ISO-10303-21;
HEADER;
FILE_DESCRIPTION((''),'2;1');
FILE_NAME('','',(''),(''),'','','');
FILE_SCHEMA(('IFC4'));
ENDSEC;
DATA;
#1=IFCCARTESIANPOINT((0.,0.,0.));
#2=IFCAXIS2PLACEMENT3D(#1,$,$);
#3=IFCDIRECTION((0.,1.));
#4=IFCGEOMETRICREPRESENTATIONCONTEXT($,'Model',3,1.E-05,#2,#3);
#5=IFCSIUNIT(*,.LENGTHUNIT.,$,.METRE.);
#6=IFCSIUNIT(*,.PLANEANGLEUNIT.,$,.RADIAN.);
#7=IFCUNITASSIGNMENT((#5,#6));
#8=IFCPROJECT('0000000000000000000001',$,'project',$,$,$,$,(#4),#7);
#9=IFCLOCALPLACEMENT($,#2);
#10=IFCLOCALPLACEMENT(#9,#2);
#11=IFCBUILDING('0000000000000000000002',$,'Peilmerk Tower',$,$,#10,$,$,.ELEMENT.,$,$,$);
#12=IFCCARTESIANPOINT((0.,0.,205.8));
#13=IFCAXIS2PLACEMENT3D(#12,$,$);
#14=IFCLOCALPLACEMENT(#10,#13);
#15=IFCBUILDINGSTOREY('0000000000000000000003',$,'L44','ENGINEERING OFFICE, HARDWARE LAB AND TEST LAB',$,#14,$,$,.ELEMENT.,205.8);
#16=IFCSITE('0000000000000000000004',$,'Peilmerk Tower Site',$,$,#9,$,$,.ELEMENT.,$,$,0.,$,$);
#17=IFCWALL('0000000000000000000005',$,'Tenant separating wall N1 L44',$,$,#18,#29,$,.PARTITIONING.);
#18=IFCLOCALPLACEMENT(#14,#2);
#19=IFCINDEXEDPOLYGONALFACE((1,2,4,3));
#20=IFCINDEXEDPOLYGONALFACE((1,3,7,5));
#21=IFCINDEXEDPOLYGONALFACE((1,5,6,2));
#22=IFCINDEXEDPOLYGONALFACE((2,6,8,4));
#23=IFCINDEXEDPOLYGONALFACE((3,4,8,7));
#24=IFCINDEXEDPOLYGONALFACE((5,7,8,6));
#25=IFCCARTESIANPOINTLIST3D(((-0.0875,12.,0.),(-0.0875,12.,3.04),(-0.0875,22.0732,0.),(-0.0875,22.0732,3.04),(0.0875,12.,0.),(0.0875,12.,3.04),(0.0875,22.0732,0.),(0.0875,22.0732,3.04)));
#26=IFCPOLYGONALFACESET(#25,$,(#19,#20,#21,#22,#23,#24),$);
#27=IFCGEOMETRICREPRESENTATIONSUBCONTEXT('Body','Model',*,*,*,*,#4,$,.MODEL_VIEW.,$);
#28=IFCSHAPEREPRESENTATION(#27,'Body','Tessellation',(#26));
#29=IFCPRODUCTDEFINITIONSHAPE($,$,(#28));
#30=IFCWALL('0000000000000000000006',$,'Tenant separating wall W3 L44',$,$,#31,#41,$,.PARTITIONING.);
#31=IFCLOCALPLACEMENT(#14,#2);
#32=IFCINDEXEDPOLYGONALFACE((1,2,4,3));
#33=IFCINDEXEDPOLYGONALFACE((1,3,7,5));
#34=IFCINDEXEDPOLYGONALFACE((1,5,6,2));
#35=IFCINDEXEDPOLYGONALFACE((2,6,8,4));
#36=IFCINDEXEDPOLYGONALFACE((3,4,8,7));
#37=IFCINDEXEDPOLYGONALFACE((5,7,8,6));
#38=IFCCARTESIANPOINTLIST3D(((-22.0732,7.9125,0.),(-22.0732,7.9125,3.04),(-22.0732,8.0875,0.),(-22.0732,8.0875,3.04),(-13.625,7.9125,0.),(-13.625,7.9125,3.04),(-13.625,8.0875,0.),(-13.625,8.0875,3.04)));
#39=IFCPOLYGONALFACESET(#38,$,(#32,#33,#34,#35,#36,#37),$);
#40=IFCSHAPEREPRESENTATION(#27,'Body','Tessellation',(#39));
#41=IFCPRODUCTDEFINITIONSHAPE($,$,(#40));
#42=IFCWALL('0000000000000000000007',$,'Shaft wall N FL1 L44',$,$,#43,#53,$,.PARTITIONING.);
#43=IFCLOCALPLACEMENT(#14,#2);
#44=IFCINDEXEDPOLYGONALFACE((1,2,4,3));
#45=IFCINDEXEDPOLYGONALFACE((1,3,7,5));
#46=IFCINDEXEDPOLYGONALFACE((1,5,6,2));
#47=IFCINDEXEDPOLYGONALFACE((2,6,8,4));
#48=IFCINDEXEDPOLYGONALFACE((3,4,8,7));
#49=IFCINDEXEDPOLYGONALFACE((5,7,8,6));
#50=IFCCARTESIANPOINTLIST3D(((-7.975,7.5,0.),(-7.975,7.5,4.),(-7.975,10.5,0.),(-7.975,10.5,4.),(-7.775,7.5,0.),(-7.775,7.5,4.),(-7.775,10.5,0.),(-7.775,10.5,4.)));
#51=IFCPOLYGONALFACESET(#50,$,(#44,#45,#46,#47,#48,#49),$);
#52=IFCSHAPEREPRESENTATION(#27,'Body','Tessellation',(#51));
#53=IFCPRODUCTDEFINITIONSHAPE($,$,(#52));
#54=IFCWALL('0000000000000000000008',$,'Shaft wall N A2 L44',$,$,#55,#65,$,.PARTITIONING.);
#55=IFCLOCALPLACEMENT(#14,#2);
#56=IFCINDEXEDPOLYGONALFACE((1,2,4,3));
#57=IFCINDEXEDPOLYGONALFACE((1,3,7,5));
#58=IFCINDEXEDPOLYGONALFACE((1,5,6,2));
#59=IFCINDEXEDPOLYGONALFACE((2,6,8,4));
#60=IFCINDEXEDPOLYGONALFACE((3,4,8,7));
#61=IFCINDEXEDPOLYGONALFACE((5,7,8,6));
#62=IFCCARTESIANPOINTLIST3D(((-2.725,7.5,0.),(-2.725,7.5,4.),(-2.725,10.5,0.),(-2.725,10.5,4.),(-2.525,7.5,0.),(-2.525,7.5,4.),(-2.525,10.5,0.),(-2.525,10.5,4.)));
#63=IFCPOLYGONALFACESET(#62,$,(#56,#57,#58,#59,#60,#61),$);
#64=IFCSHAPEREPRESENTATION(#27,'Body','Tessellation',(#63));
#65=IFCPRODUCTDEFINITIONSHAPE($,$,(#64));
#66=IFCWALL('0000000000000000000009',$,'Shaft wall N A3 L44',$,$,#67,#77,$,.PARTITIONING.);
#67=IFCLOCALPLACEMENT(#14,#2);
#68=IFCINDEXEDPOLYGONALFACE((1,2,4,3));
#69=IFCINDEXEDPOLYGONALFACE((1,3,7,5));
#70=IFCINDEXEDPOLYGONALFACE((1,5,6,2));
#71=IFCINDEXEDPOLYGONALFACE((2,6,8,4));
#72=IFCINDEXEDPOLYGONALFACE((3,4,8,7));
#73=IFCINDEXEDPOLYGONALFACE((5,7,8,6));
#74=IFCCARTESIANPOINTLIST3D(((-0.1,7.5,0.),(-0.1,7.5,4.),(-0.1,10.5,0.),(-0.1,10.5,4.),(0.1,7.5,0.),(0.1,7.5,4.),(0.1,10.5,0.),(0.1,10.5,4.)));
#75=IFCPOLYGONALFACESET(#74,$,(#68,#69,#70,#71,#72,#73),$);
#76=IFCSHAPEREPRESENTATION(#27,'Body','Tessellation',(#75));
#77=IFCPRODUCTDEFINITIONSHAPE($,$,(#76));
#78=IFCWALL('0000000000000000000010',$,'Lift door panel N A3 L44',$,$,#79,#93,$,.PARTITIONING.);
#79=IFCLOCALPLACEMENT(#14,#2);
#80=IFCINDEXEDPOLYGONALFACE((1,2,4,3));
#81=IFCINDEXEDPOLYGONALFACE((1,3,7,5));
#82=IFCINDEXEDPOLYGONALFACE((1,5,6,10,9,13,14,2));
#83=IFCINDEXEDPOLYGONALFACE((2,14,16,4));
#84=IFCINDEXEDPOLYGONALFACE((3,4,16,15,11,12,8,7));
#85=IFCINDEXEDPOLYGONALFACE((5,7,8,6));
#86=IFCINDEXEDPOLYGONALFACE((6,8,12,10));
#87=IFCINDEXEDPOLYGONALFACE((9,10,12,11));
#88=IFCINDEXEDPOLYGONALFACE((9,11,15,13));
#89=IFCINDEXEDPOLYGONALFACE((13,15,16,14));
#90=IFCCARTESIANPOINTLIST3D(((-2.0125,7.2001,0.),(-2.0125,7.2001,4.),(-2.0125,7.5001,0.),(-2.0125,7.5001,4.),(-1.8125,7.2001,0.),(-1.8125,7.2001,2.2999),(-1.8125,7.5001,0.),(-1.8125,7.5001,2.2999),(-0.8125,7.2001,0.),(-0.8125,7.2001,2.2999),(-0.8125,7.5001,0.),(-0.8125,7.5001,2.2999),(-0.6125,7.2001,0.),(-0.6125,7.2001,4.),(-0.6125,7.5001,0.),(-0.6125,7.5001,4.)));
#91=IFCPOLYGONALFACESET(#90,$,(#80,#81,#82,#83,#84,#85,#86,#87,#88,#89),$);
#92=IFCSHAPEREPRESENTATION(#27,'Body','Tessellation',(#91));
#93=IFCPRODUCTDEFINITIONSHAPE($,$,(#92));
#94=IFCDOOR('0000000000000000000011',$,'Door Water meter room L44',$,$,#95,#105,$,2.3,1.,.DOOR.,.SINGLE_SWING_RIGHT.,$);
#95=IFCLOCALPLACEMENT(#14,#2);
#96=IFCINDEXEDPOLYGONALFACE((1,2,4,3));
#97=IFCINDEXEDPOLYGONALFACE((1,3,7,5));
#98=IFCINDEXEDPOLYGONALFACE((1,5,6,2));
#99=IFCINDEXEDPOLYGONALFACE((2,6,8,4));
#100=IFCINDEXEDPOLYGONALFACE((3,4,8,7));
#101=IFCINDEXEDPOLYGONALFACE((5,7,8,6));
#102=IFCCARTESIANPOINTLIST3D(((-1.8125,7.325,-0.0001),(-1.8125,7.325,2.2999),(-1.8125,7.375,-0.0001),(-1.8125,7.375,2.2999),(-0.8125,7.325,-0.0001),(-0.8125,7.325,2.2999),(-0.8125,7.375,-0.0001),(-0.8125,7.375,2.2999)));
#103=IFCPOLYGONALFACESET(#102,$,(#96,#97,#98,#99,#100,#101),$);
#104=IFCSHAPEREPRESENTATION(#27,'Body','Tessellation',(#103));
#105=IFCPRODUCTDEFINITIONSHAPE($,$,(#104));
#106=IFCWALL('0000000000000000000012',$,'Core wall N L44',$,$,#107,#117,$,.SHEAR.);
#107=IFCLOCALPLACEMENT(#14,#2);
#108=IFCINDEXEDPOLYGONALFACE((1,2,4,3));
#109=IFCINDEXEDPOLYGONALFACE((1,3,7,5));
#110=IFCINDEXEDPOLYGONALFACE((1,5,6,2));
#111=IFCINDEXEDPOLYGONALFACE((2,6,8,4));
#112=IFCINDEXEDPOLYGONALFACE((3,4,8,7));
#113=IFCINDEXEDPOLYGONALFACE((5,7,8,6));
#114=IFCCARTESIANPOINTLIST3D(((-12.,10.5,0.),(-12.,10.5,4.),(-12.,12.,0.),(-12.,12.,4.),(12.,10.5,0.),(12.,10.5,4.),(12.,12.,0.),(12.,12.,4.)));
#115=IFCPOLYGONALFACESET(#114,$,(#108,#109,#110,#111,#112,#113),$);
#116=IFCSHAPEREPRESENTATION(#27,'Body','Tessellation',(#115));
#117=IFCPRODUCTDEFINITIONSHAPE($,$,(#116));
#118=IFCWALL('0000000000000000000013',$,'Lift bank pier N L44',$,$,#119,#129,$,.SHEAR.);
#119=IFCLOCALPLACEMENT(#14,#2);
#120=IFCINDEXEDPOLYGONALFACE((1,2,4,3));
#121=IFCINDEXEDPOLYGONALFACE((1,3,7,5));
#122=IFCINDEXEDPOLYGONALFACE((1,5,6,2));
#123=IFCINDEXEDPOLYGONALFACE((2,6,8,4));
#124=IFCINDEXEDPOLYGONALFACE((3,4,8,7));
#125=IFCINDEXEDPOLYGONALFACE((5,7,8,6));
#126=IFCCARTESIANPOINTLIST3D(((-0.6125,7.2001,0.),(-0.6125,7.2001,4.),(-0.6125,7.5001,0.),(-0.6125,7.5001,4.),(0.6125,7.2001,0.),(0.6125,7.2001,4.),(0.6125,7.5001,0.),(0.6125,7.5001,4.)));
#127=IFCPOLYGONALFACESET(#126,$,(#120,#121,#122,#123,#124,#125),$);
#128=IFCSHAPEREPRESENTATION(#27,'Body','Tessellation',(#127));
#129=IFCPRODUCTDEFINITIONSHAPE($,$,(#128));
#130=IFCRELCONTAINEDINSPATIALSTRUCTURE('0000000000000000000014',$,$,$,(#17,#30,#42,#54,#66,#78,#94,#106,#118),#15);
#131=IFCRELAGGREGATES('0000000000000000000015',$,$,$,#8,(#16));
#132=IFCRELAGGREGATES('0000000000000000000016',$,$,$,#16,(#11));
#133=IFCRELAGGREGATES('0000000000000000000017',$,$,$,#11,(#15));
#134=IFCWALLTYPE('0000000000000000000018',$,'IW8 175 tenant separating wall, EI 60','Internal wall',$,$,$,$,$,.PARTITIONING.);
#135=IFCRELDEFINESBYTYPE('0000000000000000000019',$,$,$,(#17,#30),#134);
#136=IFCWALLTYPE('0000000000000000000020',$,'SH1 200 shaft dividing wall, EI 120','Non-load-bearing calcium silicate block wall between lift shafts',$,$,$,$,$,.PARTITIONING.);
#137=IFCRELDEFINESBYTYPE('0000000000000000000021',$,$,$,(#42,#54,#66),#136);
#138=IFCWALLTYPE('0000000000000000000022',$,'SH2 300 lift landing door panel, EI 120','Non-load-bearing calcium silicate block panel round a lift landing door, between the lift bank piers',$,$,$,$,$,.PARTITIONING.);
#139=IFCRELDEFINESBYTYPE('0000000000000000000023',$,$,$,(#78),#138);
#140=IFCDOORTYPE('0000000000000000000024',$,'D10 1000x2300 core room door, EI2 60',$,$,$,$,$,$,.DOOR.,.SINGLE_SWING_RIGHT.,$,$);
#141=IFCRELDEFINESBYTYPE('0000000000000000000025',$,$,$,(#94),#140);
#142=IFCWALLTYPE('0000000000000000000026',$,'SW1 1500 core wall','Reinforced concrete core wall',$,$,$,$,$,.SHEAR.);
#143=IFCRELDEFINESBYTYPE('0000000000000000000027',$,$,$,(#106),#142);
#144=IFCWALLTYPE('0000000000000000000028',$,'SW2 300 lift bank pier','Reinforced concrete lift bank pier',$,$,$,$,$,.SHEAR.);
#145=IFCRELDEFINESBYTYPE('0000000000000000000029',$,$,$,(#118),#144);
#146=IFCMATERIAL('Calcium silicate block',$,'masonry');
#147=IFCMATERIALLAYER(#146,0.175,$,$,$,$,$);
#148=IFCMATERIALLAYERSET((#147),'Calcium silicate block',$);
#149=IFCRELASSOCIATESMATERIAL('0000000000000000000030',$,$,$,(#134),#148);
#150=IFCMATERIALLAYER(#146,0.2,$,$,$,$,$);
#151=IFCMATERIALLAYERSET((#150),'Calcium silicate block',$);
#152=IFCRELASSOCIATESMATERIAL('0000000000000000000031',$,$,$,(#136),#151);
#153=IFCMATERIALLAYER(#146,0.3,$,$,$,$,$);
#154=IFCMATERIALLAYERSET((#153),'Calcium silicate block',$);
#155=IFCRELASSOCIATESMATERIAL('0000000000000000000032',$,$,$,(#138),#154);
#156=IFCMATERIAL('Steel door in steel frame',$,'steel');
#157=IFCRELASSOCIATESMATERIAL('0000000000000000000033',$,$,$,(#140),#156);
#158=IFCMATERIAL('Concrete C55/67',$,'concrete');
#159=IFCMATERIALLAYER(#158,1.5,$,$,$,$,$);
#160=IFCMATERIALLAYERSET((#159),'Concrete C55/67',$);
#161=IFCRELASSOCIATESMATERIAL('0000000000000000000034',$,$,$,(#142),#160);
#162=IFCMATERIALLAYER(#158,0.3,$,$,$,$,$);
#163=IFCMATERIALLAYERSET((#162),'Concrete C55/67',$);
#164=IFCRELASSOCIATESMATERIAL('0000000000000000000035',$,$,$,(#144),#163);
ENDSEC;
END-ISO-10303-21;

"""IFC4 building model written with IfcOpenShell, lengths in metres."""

from ifc_helpers import new_model, si_unit, direction, frame, frame_2d, origin, place, context, subcontext, project, spatial, rectangle, extrude, material, layer, layer_set, type_object, element, fill, save


model = new_model("IFC4")

# Units and contexts
model_context = context("Model", 3, precision=1e-05, world=origin(), true_north=direction((0.0, 1.0)))
body_context = subcontext(model_context, "Body", "Model", "MODEL_VIEW")
ifc_project = project(units=[si_unit("LENGTHUNIT", "METRE"), si_unit("PLANEANGLEUNIT", "RADIAN")], contexts=[model_context])

# Site, building, storey
site_placement = place(None, origin())
site = spatial("IfcSite", under=ifc_project, at=site_placement, Name="Peilmerk Tower Site", CompositionType="ELEMENT", RefElevation=0.0)
building_placement = place(site_placement, origin())
building = spatial("IfcBuilding", under=site, at=building_placement, Name="Peilmerk Tower", CompositionType="ELEMENT")
storey_placement = place(building_placement, frame((0.0, 0.0, 205.8)))
storey = spatial("IfcBuildingStorey", under=building, at=storey_placement, Name="L44", Description="ENGINEERING OFFICE, HARDWARE LAB AND TEST LAB", CompositionType="ELEMENT", Elevation=205.8)

# Shared definitions
ifc_material_1 = material(Name="Calcium silicate block", Category="masonry")

# Walls
ifc_layer_1 = layer(ifc_material_1, 0.175)
ifc_layer_set_1 = layer_set([ifc_layer_1], Name="Calcium silicate block")
wall_type_1 = type_object("IfcWallType", Name="IW8 175 tenant separating wall, EI 60", Description="Internal wall", PredefinedType="PARTITIONING", material=ifc_layer_set_1)
wall_1_placement = place(storey_placement, frame((0.0, 12.0, 0.0), z_axis=(0.0, 0.0, 1.0), x_axis=(0.0, 1.0, 0.0)))
element("IfcWall", 1, at=wall_1_placement, inside=storey, type_object=wall_type_1, Name="Tenant separating wall N1 L44", PredefinedType="PARTITIONING", context=body_context, shape_type="SweptSolid", body=[
    extrude(rectangle(XDim=10.0732, YDim=0.175, at=frame_2d((5.0366, 0.0))), origin(), (0.0, 0.0, 1.0), 3.04),
])
wall_2_placement = place(storey_placement, frame((-13.625, 8.0, 0.0), z_axis=(0.0, 0.0, 1.0), x_axis=(-1.0, 0.0, 0.0)))
element("IfcWall", 2, at=wall_2_placement, inside=storey, type_object=wall_type_1, Name="Tenant separating wall W3 L44", PredefinedType="PARTITIONING", context=body_context, shape_type="SweptSolid", body=[
    extrude(rectangle(XDim=8.4482, YDim=0.175, at=frame_2d((4.2241, 0.0))), origin(), (0.0, 0.0, 1.0), 3.04),
])
ifc_layer_2 = layer(ifc_material_1, 0.2)
ifc_layer_set_2 = layer_set([ifc_layer_2], Name="Calcium silicate block")
wall_type_2 = type_object("IfcWallType", Name="SH1 200 shaft dividing wall, EI 120", Description="Non-load-bearing calcium silicate block wall between lift shafts", PredefinedType="PARTITIONING", material=ifc_layer_set_2)
for number, where, z_axis, x_axis, name in (
    (3, (-7.875, 7.5, 0.0), (0.0, 0.0, 1.0), (0.0, 1.0, 0.0), "Shaft wall N FL1 L44"),
    (4, (-2.625, 7.5, 0.0), (0.0, 0.0, 1.0), (0.0, 1.0, 0.0), "Shaft wall N A2 L44"),
    (5, (0.0, 7.5, 0.0), (0.0, 0.0, 1.0), (0.0, 1.0, 0.0), "Shaft wall N A3 L44"),
):
    element("IfcWall", number, at=place(storey_placement, frame(where, z_axis=z_axis, x_axis=x_axis)), inside=storey, type_object=wall_type_2, Name=name, PredefinedType="PARTITIONING", context=body_context, shape_type="SweptSolid", body=[
        extrude(rectangle(XDim=3.0, YDim=0.2, at=frame_2d((1.5, 0.0))), origin(), (0.0, 0.0, 1.0), 4.0),
    ])

# Wall, opening, door
ifc_layer_3 = layer(ifc_material_1, 0.3)
ifc_layer_set_3 = layer_set([ifc_layer_3], Name="Calcium silicate block")
wall_type_3 = type_object("IfcWallType", Name="SH2 300 lift landing door panel, EI 120", Description="Non-load-bearing calcium silicate block panel round a lift landing door, between the lift bank piers", PredefinedType="PARTITIONING", material=ifc_layer_set_3)
wall_3_placement = place(storey_placement, frame((-2.0125, 7.3501, 0.0), z_axis=(0.0, 0.0, 1.0), x_axis=(1.0, 0.0, 0.0)))
wall_3 = element("IfcWall", 6, at=wall_3_placement, inside=storey, type_object=wall_type_3, Name="Lift door panel N A3 L44", PredefinedType="PARTITIONING", context=body_context, shape_type="SweptSolid", body=[
    extrude(rectangle(XDim=1.3999, YDim=0.3, at=frame_2d((0.7, 0.0))), origin(), (0.0, 0.0, 1.0), 4.0),
])
opening_1_placement = place(wall_3_placement, frame((0.2, 0.0, 0.0)))
opening_1 = element("IfcOpeningElement", 7, at=opening_1_placement, cuts=wall_3, PredefinedType="OPENING", context=body_context, shape_type="SweptSolid", body=[
    extrude(rectangle(XDim=1.0, YDim=2.3, at=frame_2d((0.5, 1.1499))), frame((0.0, 0.1599, 0.0), z_axis=(0.0, -1.0, 0.0), x_axis=(1.0, 0.0, 0.0)), (0.0, 0.0, 1.0), 0.3201),
])
ifc_material_2 = material(Name="Steel door in steel frame", Category="steel")
door_type_1 = type_object("IfcDoorType", Name="D10 1000x2300 core room door, EI2 60", OperationType="SINGLE_SWING_RIGHT", PredefinedType="DOOR", material=ifc_material_2)
door_1_placement = place(opening_1_placement, origin())
door_1 = element("IfcDoor", 8, at=door_1_placement, inside=storey, type_object=door_type_1, Name="Door Water meter room L44", OperationType="SINGLE_SWING_RIGHT", OverallHeight=2.3, OverallWidth=1.0, PredefinedType="DOOR", context=body_context, shape_type="SweptSolid", body=[
    extrude(rectangle(XDim=1.0, YDim=2.3, at=frame_2d((0.5, 1.1499))), frame((0.0, 0.0249, 0.0), z_axis=(0.0, -1.0, 0.0), x_axis=(1.0, 0.0, 0.0)), (0.0, 0.0, 1.0), 0.05),
])
fill(opening_1, door_1)

# Walls
ifc_material_3 = material(Name="Concrete C55/67", Category="concrete")
ifc_layer_4 = layer(ifc_material_3, 1.5)
ifc_layer_set_4 = layer_set([ifc_layer_4], Name="Concrete C55/67")
wall_type_4 = type_object("IfcWallType", Name="SW1 1500 core wall", Description="Reinforced concrete core wall", PredefinedType="SHEAR", material=ifc_layer_set_4)
wall_4_placement = place(storey_placement, frame((-12.0, 11.25, 0.0), z_axis=(0.0, 0.0, 1.0), x_axis=(1.0, 0.0, 0.0)))
element("IfcWall", 9, at=wall_4_placement, inside=storey, type_object=wall_type_4, Name="Core wall N L44", PredefinedType="SHEAR", context=body_context, shape_type="SweptSolid", body=[
    extrude(rectangle(XDim=24.0, YDim=1.5, at=frame_2d((12.0, 0.0))), origin(), (0.0, 0.0, 1.0), 4.0),
])
ifc_layer_5 = layer(ifc_material_3, 0.3)
ifc_layer_set_5 = layer_set([ifc_layer_5], Name="Concrete C55/67")
wall_type_5 = type_object("IfcWallType", Name="SW2 300 lift bank pier", Description="Reinforced concrete lift bank pier", PredefinedType="SHEAR", material=ifc_layer_set_5)
wall_5_placement = place(storey_placement, frame((-0.6125, 7.3501, 0.0), z_axis=(0.0, 0.0, 1.0), x_axis=(1.0, 0.0, 0.0)))
element("IfcWall", 10, at=wall_5_placement, inside=storey, type_object=wall_type_5, Name="Lift bank pier N L44", PredefinedType="SHEAR", context=body_context, shape_type="SweptSolid", body=[
    extrude(rectangle(XDim=1.2251, YDim=0.3, at=frame_2d((0.6125, 0.0))), origin(), (0.0, 0.0, 1.0), 4.0),
])

save(model, "model.ifc")
